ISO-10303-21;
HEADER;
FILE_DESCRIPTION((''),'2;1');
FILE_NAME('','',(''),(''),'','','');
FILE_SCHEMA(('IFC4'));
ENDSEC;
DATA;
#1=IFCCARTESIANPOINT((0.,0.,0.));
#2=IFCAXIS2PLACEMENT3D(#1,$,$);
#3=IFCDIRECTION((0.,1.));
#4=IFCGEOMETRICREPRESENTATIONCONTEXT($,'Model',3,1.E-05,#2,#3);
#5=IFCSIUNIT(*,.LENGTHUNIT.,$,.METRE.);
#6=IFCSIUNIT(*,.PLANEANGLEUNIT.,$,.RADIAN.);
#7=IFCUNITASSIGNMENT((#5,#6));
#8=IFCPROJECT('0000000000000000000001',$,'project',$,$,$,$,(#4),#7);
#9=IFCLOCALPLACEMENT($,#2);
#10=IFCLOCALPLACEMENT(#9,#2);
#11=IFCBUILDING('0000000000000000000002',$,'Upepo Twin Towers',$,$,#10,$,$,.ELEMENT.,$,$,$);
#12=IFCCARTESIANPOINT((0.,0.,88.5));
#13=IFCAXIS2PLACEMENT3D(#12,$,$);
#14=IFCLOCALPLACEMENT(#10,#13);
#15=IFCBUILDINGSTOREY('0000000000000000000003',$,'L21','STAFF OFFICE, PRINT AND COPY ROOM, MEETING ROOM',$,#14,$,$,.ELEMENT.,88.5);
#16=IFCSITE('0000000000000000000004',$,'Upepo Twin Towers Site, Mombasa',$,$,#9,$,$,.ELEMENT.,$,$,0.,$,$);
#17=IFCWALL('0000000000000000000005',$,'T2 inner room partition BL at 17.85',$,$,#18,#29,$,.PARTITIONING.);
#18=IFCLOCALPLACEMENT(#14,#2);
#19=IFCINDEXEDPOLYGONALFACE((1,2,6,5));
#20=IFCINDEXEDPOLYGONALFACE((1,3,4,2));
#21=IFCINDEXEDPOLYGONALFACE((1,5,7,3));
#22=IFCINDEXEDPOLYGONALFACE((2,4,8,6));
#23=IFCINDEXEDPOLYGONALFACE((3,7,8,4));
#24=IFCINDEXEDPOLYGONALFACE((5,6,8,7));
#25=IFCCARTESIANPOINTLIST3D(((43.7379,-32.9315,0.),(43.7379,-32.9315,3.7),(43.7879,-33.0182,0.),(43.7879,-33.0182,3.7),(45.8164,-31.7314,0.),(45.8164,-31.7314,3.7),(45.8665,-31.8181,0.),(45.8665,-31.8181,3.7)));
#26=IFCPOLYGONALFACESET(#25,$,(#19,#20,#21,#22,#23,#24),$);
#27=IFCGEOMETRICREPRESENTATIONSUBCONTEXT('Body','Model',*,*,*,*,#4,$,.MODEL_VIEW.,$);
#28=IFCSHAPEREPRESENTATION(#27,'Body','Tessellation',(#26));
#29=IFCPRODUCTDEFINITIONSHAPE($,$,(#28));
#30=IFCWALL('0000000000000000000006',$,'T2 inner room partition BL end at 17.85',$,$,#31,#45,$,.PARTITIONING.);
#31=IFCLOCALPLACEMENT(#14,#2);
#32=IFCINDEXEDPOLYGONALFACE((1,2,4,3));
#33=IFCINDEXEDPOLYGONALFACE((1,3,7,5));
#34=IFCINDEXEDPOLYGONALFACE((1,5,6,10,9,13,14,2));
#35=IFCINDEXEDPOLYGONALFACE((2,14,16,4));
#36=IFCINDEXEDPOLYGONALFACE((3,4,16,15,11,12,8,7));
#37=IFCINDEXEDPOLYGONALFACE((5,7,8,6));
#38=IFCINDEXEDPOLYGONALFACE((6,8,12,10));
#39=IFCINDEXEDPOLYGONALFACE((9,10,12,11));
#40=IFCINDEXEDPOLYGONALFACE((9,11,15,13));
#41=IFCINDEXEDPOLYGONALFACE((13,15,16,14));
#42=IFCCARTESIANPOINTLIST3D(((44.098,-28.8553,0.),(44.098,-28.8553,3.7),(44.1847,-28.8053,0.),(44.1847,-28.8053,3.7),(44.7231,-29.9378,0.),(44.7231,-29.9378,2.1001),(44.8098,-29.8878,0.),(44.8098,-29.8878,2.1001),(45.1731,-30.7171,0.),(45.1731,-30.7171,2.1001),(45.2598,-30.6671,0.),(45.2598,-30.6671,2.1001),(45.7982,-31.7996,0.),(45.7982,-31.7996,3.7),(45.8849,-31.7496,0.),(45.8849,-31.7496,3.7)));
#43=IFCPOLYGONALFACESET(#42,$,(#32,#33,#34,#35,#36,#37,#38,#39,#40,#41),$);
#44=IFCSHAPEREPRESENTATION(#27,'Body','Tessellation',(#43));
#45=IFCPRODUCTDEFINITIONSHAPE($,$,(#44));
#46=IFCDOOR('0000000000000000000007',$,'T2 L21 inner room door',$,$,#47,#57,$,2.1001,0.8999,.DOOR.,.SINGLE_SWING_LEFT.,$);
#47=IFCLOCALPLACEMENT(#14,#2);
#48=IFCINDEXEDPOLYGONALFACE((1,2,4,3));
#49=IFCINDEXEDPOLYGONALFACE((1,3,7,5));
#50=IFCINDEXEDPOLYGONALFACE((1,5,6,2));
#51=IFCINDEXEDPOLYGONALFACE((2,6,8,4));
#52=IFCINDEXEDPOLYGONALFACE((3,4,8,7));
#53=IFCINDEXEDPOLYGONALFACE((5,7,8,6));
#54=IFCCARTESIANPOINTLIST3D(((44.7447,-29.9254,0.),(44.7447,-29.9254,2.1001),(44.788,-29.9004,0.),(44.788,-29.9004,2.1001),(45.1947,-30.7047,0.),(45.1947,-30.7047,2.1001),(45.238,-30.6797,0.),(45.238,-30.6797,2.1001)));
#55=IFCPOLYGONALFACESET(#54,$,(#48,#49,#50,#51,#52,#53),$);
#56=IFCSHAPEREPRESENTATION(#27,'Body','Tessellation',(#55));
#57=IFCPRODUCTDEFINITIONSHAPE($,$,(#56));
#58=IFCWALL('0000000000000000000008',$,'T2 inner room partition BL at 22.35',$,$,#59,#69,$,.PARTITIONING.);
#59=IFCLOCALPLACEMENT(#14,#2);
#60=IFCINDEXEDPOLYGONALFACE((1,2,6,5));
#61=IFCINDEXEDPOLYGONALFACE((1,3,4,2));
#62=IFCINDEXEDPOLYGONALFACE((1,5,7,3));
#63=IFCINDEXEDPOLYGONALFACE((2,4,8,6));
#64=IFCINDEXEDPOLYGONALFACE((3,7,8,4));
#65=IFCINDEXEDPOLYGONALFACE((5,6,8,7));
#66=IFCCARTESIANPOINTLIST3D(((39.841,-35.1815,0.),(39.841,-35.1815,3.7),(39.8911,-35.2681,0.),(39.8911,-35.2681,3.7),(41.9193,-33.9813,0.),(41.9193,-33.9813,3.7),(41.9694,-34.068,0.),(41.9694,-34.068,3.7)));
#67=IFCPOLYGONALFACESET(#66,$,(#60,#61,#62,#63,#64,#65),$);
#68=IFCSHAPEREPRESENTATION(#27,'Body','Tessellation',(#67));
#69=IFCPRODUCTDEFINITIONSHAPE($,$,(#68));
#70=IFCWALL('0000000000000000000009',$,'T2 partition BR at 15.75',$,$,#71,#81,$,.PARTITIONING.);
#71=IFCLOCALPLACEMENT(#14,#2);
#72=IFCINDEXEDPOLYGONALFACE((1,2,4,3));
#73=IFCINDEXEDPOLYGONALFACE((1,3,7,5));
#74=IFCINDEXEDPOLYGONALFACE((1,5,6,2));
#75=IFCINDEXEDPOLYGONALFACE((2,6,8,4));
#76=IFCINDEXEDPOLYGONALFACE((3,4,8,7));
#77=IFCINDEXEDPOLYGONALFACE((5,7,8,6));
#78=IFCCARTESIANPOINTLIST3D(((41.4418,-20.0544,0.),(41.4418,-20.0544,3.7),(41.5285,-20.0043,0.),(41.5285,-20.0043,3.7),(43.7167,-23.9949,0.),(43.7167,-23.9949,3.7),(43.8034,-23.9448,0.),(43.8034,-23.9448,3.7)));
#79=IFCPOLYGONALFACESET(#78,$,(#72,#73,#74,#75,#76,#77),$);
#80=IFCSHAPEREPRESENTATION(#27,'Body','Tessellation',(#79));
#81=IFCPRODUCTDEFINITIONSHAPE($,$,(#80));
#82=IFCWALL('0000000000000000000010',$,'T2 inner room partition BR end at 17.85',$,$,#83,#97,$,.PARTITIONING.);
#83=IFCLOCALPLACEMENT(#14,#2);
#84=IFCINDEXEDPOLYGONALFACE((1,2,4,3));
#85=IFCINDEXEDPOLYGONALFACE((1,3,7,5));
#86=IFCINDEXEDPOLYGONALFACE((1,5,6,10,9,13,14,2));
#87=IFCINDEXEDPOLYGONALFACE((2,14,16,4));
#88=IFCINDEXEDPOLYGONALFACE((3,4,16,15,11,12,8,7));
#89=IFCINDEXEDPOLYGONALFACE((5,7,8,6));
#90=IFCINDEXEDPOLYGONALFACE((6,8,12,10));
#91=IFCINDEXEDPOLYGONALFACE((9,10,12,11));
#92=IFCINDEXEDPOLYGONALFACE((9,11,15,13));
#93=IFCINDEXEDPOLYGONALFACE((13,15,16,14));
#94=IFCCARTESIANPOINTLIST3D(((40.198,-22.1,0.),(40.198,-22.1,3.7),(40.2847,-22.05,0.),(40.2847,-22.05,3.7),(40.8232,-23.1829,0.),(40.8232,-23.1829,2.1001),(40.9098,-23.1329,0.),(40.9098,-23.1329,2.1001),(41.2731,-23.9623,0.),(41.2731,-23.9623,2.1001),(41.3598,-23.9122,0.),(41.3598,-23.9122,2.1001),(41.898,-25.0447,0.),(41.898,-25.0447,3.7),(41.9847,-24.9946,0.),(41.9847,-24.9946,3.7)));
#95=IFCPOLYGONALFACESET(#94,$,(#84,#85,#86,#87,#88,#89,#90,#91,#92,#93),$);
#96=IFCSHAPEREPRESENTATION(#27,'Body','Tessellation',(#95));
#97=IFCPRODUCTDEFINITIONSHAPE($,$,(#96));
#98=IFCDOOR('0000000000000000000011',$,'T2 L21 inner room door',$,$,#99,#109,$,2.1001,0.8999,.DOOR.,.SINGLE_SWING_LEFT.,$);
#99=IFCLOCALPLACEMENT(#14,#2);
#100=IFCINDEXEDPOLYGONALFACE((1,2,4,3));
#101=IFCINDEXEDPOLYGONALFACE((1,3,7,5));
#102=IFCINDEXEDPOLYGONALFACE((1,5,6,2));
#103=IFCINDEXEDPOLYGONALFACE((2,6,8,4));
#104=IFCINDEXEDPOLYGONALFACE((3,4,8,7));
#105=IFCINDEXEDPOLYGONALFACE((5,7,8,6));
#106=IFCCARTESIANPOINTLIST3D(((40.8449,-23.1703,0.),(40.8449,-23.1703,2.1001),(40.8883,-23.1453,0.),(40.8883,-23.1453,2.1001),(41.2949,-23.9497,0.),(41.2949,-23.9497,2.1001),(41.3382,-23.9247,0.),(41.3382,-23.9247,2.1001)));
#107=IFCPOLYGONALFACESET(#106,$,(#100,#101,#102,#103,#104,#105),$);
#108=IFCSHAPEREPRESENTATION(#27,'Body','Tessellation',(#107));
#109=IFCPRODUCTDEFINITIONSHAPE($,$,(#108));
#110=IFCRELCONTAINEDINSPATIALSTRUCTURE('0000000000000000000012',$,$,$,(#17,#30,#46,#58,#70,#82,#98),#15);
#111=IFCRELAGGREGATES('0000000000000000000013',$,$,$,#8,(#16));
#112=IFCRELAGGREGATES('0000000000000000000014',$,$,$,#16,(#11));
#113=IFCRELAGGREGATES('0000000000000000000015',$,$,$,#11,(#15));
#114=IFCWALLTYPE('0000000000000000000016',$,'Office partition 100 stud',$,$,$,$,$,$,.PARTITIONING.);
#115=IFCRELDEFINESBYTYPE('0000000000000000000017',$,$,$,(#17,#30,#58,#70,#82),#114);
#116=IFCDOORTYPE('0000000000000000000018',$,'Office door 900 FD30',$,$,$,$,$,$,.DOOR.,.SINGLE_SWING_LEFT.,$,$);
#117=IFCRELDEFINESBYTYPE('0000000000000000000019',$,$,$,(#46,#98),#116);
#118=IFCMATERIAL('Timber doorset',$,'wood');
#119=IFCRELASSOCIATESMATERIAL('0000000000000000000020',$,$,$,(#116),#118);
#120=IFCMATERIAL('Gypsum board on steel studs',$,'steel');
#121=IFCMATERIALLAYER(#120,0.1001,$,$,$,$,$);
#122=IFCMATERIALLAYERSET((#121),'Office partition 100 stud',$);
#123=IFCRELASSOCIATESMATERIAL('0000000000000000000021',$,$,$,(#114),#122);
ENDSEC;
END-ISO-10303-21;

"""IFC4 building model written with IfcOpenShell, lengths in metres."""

from ifc_helpers import new_model, si_unit, direction, frame, frame_2d, origin, place, context, subcontext, project, spatial, rectangle, extrude, material, layer, layer_set, type_object, element, fill, save


model = new_model("IFC4")

# Units and contexts
model_context = context("Model", 3, precision=1e-05, world=origin(), true_north=direction((0.0, 1.0)))
body_context = subcontext(model_context, "Body", "Model", "MODEL_VIEW")
ifc_project = project(units=[si_unit("LENGTHUNIT", "METRE"), si_unit("PLANEANGLEUNIT", "RADIAN")], contexts=[model_context])

# Site, building, storey
site_placement = place(None, origin())
site = spatial("IfcSite", under=ifc_project, at=site_placement, Name="Upepo Twin Towers Site, Mombasa", CompositionType="ELEMENT", RefElevation=0.0)
building_placement = place(site_placement, origin())
building = spatial("IfcBuilding", under=site, at=building_placement, Name="Upepo Twin Towers", CompositionType="ELEMENT")
storey_placement = place(building_placement, frame((0.0, 0.0, 88.5)))
storey = spatial("IfcBuildingStorey", under=building, at=storey_placement, Name="L21", Description="STAFF OFFICE, PRINT AND COPY ROOM, MEETING ROOM", CompositionType="ELEMENT", Elevation=88.5)

# Shared definitions
ifc_material_1 = material(Name="Timber doorset", Category="wood")
door_type = type_object("IfcDoorType", Name="Office door 900 FD30", OperationType="SINGLE_SWING_LEFT", PredefinedType="DOOR", material=ifc_material_1)

# Wall
ifc_material_2 = material(Name="Gypsum board on steel studs", Category="steel")
ifc_layer_1 = layer(ifc_material_2, 0.1001)
ifc_layer_set_1 = layer_set([ifc_layer_1], Name="Office partition 100 stud")
wall_type_1 = type_object("IfcWallType", Name="Office partition 100 stud", PredefinedType="PARTITIONING", material=ifc_layer_set_1)
wall_1_placement = place(storey_placement, frame((45.8416, -31.7747, 0.0), z_axis=(0.0, 0.0, 1.0), x_axis=(-0.866006, -0.500034, 0.0)))
element("IfcWall", 1, at=wall_1_placement, inside=storey, type_object=wall_type_1, Name="T2 inner room partition BL at 17.85", PredefinedType="PARTITIONING", context=body_context, shape_type="SweptSolid", body=[
    extrude(rectangle(XDim=2.4001, YDim=0.1001, at=frame_2d((1.2002, 0.0))), origin(), (0.0, 0.0, 1.0), 3.7),
])

# Wall, opening, door
wall_2_placement = place(storey_placement, frame((44.1414, -28.8303, 0.0), z_axis=(0.0, 0.0, 1.0), x_axis=(0.500062, -0.865989, 0.0)))
wall_2 = element("IfcWall", 2, at=wall_2_placement, inside=storey, type_object=wall_type_1, Name="T2 inner room partition BL end at 17.85", PredefinedType="PARTITIONING", context=body_context, shape_type="SweptSolid", body=[
    extrude(rectangle(XDim=3.3999, YDim=0.1001, at=frame_2d((1.7, 0.0))), origin(), (0.0, 0.0, 1.0), 3.7),
])
opening_1_placement = place(wall_2_placement, frame((1.25, 0.0, 0.0)))
opening_1 = element("IfcOpeningElement", 3, at=opening_1_placement, cuts=wall_2, PredefinedType="OPENING", context=body_context, shape_type="SweptSolid", body=[
    extrude(rectangle(XDim=0.8999, YDim=2.1001, at=frame_2d((0.45, 1.05))), frame((0.0, 0.0601, 0.0), z_axis=(0.0, -1.0, 0.0), x_axis=(1.0, 0.0, 0.0)), (0.0, 0.0, 1.0), 0.1201),
])
door_1_placement = place(opening_1_placement, origin())
door_1 = element("IfcDoor", 4, at=door_1_placement, inside=storey, type_object=door_type, Name="T2 L21 inner room door", OperationType="SINGLE_SWING_LEFT", OverallHeight=2.1001, OverallWidth=0.8999, PredefinedType="DOOR", context=body_context, shape_type="SweptSolid", body=[
    extrude(rectangle(XDim=0.8999, YDim=2.1001, at=frame_2d((0.45, 1.05))), frame((0.0, 0.0249, 0.0), z_axis=(0.0, -1.0, 0.0), x_axis=(1.0, 0.0, 0.0)), (0.0, 0.0, 1.0), 0.05),
])
fill(opening_1, door_1)

# Walls
wall_3_placement = place(storey_placement, frame((41.9443, -34.0247, 0.0), z_axis=(0.0, 0.0, 1.0), x_axis=(-0.865981, -0.500078, 0.0)))
element("IfcWall", 5, at=wall_3_placement, inside=storey, type_object=wall_type_1, Name="T2 inner room partition BL at 22.35", PredefinedType="PARTITIONING", context=body_context, shape_type="SweptSolid", body=[
    extrude(rectangle(XDim=2.3999, YDim=0.1001, at=frame_2d((1.2, 0.0))), origin(), (0.0, 0.0, 1.0), 3.7),
])
wall_4_placement = place(storey_placement, frame((43.76, -23.9697, 0.0), z_axis=(0.0, 0.0, 1.0), x_axis=(-0.499983, 0.866035, 0.0)))
element("IfcWall", 6, at=wall_4_placement, inside=storey, type_object=wall_type_1, Name="T2 partition BR at 15.75", PredefinedType="PARTITIONING", context=body_context, shape_type="SweptSolid", body=[
    extrude(rectangle(XDim=4.55, YDim=0.1001, at=frame_2d((2.2749, 0.0))), origin(), (0.0, 0.0, 1.0), 3.7),
])

# Wall, opening, door
wall_5_placement = place(storey_placement, frame((41.9414, -25.0198, 0.0), z_axis=(0.0, 0.0, 1.0), x_axis=(-0.499977, 0.866039, 0.0)))
wall_5 = element("IfcWall", 7, at=wall_5_placement, inside=storey, type_object=wall_type_1, Name="T2 inner room partition BR end at 17.85", PredefinedType="PARTITIONING", context=body_context, shape_type="SweptSolid", body=[
    extrude(rectangle(XDim=3.4001, YDim=0.1001, at=frame_2d((1.7002, 0.0))), origin(), (0.0, 0.0, 1.0), 3.7),
])
opening_2_placement = place(wall_5_placement, frame((1.25, 0.0, 0.0)))
opening_2 = element("IfcOpeningElement", 8, at=opening_2_placement, cuts=wall_5, PredefinedType="OPENING", context=body_context, shape_type="SweptSolid", body=[
    extrude(rectangle(XDim=0.8999, YDim=2.1001, at=frame_2d((0.45, 1.05))), frame((0.0, 0.0601, 0.0), z_axis=(0.0, -1.0, 0.0), x_axis=(1.0, 0.0, 0.0)), (0.0, 0.0, 1.0), 0.1201),
])
door_2_placement = place(opening_2_placement, origin())
door_2 = element("IfcDoor", 9, at=door_2_placement, inside=storey, type_object=door_type, Name="T2 L21 inner room door", OperationType="SINGLE_SWING_LEFT", OverallHeight=2.1001, OverallWidth=0.8999, PredefinedType="DOOR", context=body_context, shape_type="SweptSolid", body=[
    extrude(rectangle(XDim=0.8999, YDim=2.1001, at=frame_2d((0.45, 1.05))), frame((0.0, 0.0249, 0.0), z_axis=(0.0, -1.0, 0.0), x_axis=(1.0, 0.0, 0.0)), (0.0, 0.0, 1.0), 0.05),
])
fill(opening_2, door_2)

save(model, "model.ifc")
